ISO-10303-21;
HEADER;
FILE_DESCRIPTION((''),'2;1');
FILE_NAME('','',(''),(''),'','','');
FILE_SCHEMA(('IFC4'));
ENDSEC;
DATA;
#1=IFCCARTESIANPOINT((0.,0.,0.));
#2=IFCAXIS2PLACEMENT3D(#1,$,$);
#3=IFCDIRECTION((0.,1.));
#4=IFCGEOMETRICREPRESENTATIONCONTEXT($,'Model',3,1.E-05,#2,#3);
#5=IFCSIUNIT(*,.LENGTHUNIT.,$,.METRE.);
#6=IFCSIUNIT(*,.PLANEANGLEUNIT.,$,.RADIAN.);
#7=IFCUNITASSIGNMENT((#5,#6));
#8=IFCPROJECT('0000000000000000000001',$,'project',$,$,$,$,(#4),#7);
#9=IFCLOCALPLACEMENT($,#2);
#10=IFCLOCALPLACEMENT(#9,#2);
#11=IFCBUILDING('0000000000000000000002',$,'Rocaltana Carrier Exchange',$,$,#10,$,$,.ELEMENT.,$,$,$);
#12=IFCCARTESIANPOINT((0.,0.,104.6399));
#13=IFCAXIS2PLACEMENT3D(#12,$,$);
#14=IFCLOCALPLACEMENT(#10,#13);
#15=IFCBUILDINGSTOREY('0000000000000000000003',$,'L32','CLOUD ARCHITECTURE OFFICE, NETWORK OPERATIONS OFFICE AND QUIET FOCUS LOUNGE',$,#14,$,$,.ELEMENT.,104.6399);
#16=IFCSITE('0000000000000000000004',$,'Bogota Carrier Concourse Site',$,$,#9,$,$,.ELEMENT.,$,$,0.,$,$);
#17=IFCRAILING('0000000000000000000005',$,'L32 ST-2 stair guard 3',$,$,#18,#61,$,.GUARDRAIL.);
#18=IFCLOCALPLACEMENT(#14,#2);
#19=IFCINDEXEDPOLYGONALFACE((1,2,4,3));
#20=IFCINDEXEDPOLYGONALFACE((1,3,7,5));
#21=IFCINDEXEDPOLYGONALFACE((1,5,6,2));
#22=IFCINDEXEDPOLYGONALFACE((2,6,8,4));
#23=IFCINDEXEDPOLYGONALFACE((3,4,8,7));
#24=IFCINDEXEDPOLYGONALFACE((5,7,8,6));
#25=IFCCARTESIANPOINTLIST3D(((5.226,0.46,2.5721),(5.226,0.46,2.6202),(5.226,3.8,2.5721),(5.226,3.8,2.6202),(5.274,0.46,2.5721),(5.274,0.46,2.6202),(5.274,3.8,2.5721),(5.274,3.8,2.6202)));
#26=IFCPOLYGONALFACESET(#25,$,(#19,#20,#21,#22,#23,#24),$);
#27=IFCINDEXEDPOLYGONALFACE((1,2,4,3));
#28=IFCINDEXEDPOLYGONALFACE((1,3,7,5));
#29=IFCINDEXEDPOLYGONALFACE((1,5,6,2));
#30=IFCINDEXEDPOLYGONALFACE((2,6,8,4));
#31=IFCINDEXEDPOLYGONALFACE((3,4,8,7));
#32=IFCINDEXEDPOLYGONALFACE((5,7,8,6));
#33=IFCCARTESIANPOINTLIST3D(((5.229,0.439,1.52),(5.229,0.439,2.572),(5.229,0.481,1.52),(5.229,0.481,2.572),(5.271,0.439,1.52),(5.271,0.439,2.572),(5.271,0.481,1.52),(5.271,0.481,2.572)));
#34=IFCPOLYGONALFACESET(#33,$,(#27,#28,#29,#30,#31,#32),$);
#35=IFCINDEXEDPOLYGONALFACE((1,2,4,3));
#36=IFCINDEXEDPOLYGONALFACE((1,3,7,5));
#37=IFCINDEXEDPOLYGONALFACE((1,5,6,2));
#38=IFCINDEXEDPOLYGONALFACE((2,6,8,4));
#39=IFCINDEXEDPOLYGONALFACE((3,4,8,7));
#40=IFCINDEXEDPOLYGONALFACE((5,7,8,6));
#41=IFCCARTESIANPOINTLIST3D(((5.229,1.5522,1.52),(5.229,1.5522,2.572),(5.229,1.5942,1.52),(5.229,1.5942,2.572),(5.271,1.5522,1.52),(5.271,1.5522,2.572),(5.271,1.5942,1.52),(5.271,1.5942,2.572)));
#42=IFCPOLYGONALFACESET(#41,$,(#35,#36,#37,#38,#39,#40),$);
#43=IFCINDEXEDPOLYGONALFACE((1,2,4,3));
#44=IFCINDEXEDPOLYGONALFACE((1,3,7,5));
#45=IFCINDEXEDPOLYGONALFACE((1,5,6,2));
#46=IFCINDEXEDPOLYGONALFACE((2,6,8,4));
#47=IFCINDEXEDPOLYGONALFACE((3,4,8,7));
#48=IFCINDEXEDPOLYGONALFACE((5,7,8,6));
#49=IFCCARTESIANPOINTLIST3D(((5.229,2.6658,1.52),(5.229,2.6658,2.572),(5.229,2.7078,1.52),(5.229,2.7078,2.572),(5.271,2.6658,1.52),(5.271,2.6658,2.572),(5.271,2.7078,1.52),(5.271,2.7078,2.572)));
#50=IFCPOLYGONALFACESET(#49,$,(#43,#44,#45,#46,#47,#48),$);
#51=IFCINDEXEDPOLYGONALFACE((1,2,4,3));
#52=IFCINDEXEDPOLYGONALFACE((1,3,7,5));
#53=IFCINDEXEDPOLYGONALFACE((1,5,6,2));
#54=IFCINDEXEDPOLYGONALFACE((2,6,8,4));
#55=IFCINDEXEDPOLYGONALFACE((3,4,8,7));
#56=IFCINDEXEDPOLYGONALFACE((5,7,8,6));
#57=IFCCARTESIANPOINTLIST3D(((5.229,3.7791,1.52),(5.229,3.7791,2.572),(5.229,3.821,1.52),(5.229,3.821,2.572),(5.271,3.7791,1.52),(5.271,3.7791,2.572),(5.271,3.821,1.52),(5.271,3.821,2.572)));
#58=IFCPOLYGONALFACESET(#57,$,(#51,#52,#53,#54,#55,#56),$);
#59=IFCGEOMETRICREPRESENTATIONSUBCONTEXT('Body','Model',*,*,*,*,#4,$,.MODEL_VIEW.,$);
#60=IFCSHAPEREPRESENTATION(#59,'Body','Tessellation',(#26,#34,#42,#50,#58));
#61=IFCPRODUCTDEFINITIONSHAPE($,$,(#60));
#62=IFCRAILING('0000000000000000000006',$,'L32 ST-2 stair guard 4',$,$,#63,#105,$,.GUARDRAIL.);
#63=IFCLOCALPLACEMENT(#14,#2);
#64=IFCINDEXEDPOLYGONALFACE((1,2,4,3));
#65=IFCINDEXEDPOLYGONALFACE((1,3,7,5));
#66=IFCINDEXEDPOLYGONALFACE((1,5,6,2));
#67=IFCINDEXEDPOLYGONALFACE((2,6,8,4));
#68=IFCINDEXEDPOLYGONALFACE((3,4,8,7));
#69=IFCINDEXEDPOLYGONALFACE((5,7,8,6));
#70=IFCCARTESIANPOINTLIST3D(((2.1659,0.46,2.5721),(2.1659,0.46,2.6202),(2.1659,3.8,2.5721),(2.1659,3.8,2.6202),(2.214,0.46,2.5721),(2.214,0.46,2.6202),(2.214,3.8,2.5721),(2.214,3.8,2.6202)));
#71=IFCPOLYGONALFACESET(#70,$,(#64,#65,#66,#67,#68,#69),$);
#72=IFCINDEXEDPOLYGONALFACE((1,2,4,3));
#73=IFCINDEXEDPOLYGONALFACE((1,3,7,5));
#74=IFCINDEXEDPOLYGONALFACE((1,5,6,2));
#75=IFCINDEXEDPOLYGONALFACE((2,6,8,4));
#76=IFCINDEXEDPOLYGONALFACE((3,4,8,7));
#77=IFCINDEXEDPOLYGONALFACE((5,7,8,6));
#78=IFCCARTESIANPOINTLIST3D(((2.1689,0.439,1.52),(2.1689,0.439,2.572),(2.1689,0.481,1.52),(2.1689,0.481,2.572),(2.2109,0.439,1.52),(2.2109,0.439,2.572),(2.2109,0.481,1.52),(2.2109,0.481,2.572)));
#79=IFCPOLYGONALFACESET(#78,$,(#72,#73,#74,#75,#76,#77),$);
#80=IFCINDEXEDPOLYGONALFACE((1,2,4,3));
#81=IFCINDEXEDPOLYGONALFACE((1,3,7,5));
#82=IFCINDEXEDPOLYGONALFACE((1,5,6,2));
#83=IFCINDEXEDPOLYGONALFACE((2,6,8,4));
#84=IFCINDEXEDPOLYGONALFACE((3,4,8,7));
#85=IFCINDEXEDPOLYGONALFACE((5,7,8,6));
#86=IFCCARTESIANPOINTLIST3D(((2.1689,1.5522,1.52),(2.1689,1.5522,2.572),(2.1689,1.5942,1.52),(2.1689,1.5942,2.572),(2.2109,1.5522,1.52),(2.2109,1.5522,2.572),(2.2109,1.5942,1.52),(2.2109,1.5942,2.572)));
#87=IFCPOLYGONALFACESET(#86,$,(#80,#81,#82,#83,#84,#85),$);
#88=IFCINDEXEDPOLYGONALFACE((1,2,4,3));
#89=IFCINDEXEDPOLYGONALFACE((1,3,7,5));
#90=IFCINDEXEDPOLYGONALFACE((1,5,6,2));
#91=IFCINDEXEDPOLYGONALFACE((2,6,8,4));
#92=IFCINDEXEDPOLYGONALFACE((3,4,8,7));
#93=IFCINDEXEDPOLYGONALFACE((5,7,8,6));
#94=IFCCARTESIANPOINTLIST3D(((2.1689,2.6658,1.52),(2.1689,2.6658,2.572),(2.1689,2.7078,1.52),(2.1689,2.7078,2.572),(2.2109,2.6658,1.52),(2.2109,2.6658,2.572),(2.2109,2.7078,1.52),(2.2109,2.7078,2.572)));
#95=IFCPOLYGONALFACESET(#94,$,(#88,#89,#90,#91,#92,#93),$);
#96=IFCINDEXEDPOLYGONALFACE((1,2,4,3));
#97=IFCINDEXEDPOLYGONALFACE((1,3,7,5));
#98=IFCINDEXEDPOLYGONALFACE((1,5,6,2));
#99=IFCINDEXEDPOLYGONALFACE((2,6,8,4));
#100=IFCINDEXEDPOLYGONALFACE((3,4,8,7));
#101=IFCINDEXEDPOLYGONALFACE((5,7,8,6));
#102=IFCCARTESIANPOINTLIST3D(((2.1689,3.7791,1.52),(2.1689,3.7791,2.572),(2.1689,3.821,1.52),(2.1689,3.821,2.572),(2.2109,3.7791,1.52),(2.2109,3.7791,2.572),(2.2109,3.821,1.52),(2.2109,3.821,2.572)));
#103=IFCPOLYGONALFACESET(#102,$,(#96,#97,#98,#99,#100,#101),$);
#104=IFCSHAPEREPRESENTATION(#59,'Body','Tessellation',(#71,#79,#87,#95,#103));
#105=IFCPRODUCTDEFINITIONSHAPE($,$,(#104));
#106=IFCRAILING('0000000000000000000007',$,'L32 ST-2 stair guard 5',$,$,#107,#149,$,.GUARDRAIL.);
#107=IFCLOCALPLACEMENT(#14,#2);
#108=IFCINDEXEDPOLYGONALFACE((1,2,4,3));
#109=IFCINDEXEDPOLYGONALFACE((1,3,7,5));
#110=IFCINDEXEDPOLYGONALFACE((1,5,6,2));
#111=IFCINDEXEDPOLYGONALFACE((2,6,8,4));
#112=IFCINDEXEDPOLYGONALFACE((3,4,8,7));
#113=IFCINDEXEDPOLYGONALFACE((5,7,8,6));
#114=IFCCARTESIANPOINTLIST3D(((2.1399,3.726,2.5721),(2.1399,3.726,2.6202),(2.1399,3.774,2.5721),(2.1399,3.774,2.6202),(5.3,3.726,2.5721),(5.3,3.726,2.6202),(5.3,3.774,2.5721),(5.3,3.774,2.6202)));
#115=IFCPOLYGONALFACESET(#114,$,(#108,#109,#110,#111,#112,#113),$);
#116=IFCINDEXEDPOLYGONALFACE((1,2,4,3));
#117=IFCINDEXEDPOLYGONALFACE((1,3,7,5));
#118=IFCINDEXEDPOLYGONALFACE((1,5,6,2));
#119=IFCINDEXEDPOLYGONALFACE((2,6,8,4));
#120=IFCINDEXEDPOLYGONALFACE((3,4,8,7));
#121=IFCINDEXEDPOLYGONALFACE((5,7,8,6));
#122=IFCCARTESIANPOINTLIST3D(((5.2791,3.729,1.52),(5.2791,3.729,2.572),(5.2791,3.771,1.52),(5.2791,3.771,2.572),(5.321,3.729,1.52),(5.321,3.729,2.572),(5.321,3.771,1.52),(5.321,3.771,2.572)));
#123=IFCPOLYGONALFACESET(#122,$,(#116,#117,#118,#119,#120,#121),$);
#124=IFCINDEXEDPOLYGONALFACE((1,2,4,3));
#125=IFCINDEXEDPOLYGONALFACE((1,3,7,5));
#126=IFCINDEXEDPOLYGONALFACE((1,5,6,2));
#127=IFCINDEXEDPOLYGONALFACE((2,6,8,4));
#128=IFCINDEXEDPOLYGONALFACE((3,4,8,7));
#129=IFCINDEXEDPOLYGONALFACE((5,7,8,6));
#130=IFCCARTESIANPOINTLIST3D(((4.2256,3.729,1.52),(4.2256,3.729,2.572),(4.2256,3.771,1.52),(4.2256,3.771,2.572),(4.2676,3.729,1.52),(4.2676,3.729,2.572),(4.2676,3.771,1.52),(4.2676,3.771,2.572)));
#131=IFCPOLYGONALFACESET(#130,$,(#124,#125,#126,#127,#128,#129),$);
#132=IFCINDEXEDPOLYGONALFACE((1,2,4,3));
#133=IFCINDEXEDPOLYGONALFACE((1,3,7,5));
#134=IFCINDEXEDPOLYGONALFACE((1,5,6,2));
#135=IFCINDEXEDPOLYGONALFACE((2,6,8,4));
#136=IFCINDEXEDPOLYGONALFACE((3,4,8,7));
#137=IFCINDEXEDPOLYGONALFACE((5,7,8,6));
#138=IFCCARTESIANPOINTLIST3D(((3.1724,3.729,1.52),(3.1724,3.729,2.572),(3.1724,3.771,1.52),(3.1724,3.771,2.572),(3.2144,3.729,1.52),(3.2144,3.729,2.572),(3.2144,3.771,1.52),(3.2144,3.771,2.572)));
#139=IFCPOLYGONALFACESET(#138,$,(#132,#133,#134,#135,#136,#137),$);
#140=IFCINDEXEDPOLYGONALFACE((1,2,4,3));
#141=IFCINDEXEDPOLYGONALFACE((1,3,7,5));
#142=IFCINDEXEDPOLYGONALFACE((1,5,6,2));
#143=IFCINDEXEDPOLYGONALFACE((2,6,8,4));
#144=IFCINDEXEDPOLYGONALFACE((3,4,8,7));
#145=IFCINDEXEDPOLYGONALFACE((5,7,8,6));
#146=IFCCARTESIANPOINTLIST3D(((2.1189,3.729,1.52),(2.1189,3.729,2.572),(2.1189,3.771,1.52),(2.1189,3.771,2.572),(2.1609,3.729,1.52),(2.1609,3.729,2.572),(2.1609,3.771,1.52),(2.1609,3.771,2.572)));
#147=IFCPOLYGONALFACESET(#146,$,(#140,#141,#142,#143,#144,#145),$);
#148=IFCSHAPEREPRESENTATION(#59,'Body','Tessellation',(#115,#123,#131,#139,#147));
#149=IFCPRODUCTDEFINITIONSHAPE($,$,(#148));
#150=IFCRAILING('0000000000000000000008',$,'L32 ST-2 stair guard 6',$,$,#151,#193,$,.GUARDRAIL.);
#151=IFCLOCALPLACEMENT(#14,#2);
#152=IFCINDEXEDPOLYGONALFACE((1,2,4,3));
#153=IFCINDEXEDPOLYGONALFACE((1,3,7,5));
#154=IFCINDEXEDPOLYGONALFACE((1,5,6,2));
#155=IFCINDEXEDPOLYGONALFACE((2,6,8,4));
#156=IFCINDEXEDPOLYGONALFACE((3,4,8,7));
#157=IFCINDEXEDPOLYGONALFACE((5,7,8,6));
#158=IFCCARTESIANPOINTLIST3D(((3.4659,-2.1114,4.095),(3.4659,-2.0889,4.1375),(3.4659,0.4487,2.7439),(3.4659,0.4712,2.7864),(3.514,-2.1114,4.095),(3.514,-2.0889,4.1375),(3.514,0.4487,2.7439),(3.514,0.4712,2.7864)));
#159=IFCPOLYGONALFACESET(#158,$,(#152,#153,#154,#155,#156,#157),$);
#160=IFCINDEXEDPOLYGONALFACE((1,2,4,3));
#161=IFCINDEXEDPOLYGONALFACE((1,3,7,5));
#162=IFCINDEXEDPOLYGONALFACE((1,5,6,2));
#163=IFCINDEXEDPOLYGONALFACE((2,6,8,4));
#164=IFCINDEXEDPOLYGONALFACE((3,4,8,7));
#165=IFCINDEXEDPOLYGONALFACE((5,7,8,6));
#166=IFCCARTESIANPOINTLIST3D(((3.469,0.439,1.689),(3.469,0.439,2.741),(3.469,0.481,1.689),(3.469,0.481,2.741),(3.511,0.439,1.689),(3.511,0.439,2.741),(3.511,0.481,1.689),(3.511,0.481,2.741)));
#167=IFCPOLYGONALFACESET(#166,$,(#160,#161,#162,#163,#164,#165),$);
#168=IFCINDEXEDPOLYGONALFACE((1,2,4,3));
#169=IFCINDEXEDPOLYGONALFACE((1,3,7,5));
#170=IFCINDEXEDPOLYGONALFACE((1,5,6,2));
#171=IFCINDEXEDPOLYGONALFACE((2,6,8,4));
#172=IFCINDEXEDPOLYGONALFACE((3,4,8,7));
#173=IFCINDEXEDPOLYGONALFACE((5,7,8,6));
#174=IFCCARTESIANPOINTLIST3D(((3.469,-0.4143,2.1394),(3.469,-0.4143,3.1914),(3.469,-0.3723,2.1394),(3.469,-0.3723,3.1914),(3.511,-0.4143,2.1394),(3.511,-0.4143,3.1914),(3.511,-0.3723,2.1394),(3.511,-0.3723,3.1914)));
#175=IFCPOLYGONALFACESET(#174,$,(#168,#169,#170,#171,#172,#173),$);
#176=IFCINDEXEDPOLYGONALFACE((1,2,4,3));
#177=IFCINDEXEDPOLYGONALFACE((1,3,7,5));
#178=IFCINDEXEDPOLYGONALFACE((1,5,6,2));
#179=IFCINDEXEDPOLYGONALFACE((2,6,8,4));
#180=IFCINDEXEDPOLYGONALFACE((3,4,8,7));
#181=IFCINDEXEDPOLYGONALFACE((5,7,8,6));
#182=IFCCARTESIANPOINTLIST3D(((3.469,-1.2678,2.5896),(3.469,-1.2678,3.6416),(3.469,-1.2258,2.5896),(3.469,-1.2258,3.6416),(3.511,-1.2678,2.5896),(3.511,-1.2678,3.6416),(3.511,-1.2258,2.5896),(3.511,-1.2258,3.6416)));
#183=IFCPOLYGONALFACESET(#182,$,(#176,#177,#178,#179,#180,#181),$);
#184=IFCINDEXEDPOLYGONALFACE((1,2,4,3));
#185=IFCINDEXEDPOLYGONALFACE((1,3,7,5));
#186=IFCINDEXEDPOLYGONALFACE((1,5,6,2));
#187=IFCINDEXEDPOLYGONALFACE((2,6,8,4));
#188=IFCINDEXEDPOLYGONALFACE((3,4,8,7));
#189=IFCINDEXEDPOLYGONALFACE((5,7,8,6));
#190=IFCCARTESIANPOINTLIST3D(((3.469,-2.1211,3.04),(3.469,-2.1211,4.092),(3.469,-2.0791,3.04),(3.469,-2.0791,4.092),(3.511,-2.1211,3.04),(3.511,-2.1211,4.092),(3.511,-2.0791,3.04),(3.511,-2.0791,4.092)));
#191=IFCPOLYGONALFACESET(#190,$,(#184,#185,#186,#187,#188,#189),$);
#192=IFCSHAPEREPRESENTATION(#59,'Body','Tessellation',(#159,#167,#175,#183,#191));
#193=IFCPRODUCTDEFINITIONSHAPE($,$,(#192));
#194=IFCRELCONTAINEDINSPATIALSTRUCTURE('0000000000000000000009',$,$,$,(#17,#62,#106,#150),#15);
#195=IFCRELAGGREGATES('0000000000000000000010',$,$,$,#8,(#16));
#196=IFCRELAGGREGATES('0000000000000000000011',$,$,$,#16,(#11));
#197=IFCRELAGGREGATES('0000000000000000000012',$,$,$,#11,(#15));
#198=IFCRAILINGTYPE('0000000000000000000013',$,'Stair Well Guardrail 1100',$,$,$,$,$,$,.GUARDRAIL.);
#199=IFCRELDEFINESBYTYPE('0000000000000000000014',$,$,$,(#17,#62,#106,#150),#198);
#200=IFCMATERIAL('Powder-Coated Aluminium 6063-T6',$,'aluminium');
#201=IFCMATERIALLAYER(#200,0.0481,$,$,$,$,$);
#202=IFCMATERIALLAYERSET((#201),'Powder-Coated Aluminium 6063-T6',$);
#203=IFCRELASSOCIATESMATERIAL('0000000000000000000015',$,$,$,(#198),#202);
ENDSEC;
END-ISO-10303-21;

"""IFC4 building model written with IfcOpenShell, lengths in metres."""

from ifc_helpers import new_model, si_unit, direction, frame, origin, origin_2d, place, context, subcontext, project, spatial, rectangle, extrude, material, layer, layer_set, type_object, element, save


model = new_model("IFC4")

# Units and contexts
model_context = context("Model", 3, precision=1e-05, world=origin(), true_north=direction((0.0, 1.0)))
body_context = subcontext(model_context, "Body", "Model", "MODEL_VIEW")
ifc_project = project(units=[si_unit("LENGTHUNIT", "METRE"), si_unit("PLANEANGLEUNIT", "RADIAN")], contexts=[model_context])

# Site, building, storey
site_placement = place(None, origin())
site = spatial("IfcSite", under=ifc_project, at=site_placement, Name="Bogota Carrier Concourse Site", CompositionType="ELEMENT", RefElevation=0.0)
building_placement = place(site_placement, origin())
building = spatial("IfcBuilding", under=site, at=building_placement, Name="Rocaltana Carrier Exchange", CompositionType="ELEMENT")
storey_placement = place(building_placement, frame((0.0, 0.0, 104.6399)))
storey = spatial("IfcBuildingStorey", under=building, at=storey_placement, Name="L32", Description="CLOUD ARCHITECTURE OFFICE, NETWORK OPERATIONS OFFICE AND QUIET FOCUS LOUNGE", CompositionType="ELEMENT", Elevation=104.6399)

# Railings
ifc_material_1 = material(Name="Powder-Coated Aluminium 6063-T6", Category="aluminium")
ifc_layer_1 = layer(ifc_material_1, 0.0481)
ifc_layer_set_1 = layer_set([ifc_layer_1], Name="Powder-Coated Aluminium 6063-T6")
railing_type_1 = type_object("IfcRailingType", Name="Stair Well Guardrail 1100", PredefinedType="GUARDRAIL", material=ifc_layer_set_1)
for number, where, name in (
    (1, (5.25, 0.46, 1.52), "L32 ST-2 stair guard 3"),
    (2, (2.1899, 0.46, 1.52), "L32 ST-2 stair guard 4"),
):
    element("IfcRailing", number, at=place(storey_placement, frame(where)), inside=storey, type_object=railing_type_1, Name=name, PredefinedType="GUARDRAIL", context=body_context, shape_type="SweptSolid", body=[
        extrude(rectangle(XDim=0.0481, YDim=0.0481, at=origin_2d()), frame((0.0, 0.0, 1.0762), z_axis=(0.0, 1.0, 0.0), x_axis=(-1.0, 0.0, 0.0)), (0.0, 0.0, 1.0), 3.3401),
        extrude(rectangle(XDim=0.042, YDim=0.042, at=origin_2d()), origin(), (0.0, 0.0, 1.0), 1.052),
        extrude(rectangle(XDim=0.042, YDim=0.042, at=origin_2d()), frame((0.0, 1.1133, 0.0)), (0.0, 0.0, 1.0), 1.052),
        extrude(rectangle(XDim=0.042, YDim=0.042, at=origin_2d()), frame((0.0, 2.2268, 0.0)), (0.0, 0.0, 1.0), 1.052),
        extrude(rectangle(XDim=0.042, YDim=0.042, at=origin_2d()), frame((0.0, 3.3401, 0.0)), (0.0, 0.0, 1.0), 1.052),
    ])
railing_1_placement = place(storey_placement, frame((5.3, 3.75, 1.52)))
element("IfcRailing", 3, at=railing_1_placement, inside=storey, type_object=railing_type_1, Name="L32 ST-2 stair guard 5", PredefinedType="GUARDRAIL", context=body_context, shape_type="SweptSolid", body=[
    extrude(rectangle(XDim=0.0481, YDim=0.0481, at=origin_2d()), frame((0.0, 0.0, 1.0762), z_axis=(-1.0, 0.0, 0.0), x_axis=(0.0, -1.0, 0.0)), (0.0, 0.0, 1.0), 3.1602),
    extrude(rectangle(XDim=0.042, YDim=0.042, at=origin_2d()), origin(), (0.0, 0.0, 1.0), 1.052),
    extrude(rectangle(XDim=0.042, YDim=0.042, at=origin_2d()), frame((-1.0535, 0.0, 0.0)), (0.0, 0.0, 1.0), 1.052),
    extrude(rectangle(XDim=0.042, YDim=0.042, at=origin_2d()), frame((-2.1067, 0.0, 0.0)), (0.0, 0.0, 1.0), 1.052),
    extrude(rectangle(XDim=0.042, YDim=0.042, at=origin_2d()), frame((-3.1602, 0.0, 0.0)), (0.0, 0.0, 1.0), 1.052),
])
railing_2_placement = place(storey_placement, frame((3.49, 0.46, 1.689)))
element("IfcRailing", 4, at=railing_2_placement, inside=storey, type_object=railing_type_1, Name="L32 ST-2 stair guard 6", PredefinedType="GUARDRAIL", context=body_context, shape_type="SweptSolid", body=[
    extrude(rectangle(XDim=0.0481, YDim=0.0481, at=origin_2d()), frame((0.0, 0.0, 1.0762), z_axis=(0.0, -0.884394, 0.46674), x_axis=(1.0, 0.0, 0.0)), (0.0, 0.0, 1.0), 2.8948),
    extrude(rectangle(XDim=0.042, YDim=0.042, at=origin_2d()), origin(), (0.0, 0.0, 1.0), 1.052),
    extrude(rectangle(XDim=0.042, YDim=0.042, at=origin_2d()), frame((0.0, -0.8533, 0.4504)), (0.0, 0.0, 1.0), 1.052),
    extrude(rectangle(XDim=0.042, YDim=0.042, at=origin_2d()), frame((0.0, -1.7068, 0.9006)), (0.0, 0.0, 1.0), 1.052),
    extrude(rectangle(XDim=0.042, YDim=0.042, at=origin_2d()), frame((0.0, -2.5601, 1.3511)), (0.0, 0.0, 1.0), 1.052),
])

save(model, "model.ifc")
